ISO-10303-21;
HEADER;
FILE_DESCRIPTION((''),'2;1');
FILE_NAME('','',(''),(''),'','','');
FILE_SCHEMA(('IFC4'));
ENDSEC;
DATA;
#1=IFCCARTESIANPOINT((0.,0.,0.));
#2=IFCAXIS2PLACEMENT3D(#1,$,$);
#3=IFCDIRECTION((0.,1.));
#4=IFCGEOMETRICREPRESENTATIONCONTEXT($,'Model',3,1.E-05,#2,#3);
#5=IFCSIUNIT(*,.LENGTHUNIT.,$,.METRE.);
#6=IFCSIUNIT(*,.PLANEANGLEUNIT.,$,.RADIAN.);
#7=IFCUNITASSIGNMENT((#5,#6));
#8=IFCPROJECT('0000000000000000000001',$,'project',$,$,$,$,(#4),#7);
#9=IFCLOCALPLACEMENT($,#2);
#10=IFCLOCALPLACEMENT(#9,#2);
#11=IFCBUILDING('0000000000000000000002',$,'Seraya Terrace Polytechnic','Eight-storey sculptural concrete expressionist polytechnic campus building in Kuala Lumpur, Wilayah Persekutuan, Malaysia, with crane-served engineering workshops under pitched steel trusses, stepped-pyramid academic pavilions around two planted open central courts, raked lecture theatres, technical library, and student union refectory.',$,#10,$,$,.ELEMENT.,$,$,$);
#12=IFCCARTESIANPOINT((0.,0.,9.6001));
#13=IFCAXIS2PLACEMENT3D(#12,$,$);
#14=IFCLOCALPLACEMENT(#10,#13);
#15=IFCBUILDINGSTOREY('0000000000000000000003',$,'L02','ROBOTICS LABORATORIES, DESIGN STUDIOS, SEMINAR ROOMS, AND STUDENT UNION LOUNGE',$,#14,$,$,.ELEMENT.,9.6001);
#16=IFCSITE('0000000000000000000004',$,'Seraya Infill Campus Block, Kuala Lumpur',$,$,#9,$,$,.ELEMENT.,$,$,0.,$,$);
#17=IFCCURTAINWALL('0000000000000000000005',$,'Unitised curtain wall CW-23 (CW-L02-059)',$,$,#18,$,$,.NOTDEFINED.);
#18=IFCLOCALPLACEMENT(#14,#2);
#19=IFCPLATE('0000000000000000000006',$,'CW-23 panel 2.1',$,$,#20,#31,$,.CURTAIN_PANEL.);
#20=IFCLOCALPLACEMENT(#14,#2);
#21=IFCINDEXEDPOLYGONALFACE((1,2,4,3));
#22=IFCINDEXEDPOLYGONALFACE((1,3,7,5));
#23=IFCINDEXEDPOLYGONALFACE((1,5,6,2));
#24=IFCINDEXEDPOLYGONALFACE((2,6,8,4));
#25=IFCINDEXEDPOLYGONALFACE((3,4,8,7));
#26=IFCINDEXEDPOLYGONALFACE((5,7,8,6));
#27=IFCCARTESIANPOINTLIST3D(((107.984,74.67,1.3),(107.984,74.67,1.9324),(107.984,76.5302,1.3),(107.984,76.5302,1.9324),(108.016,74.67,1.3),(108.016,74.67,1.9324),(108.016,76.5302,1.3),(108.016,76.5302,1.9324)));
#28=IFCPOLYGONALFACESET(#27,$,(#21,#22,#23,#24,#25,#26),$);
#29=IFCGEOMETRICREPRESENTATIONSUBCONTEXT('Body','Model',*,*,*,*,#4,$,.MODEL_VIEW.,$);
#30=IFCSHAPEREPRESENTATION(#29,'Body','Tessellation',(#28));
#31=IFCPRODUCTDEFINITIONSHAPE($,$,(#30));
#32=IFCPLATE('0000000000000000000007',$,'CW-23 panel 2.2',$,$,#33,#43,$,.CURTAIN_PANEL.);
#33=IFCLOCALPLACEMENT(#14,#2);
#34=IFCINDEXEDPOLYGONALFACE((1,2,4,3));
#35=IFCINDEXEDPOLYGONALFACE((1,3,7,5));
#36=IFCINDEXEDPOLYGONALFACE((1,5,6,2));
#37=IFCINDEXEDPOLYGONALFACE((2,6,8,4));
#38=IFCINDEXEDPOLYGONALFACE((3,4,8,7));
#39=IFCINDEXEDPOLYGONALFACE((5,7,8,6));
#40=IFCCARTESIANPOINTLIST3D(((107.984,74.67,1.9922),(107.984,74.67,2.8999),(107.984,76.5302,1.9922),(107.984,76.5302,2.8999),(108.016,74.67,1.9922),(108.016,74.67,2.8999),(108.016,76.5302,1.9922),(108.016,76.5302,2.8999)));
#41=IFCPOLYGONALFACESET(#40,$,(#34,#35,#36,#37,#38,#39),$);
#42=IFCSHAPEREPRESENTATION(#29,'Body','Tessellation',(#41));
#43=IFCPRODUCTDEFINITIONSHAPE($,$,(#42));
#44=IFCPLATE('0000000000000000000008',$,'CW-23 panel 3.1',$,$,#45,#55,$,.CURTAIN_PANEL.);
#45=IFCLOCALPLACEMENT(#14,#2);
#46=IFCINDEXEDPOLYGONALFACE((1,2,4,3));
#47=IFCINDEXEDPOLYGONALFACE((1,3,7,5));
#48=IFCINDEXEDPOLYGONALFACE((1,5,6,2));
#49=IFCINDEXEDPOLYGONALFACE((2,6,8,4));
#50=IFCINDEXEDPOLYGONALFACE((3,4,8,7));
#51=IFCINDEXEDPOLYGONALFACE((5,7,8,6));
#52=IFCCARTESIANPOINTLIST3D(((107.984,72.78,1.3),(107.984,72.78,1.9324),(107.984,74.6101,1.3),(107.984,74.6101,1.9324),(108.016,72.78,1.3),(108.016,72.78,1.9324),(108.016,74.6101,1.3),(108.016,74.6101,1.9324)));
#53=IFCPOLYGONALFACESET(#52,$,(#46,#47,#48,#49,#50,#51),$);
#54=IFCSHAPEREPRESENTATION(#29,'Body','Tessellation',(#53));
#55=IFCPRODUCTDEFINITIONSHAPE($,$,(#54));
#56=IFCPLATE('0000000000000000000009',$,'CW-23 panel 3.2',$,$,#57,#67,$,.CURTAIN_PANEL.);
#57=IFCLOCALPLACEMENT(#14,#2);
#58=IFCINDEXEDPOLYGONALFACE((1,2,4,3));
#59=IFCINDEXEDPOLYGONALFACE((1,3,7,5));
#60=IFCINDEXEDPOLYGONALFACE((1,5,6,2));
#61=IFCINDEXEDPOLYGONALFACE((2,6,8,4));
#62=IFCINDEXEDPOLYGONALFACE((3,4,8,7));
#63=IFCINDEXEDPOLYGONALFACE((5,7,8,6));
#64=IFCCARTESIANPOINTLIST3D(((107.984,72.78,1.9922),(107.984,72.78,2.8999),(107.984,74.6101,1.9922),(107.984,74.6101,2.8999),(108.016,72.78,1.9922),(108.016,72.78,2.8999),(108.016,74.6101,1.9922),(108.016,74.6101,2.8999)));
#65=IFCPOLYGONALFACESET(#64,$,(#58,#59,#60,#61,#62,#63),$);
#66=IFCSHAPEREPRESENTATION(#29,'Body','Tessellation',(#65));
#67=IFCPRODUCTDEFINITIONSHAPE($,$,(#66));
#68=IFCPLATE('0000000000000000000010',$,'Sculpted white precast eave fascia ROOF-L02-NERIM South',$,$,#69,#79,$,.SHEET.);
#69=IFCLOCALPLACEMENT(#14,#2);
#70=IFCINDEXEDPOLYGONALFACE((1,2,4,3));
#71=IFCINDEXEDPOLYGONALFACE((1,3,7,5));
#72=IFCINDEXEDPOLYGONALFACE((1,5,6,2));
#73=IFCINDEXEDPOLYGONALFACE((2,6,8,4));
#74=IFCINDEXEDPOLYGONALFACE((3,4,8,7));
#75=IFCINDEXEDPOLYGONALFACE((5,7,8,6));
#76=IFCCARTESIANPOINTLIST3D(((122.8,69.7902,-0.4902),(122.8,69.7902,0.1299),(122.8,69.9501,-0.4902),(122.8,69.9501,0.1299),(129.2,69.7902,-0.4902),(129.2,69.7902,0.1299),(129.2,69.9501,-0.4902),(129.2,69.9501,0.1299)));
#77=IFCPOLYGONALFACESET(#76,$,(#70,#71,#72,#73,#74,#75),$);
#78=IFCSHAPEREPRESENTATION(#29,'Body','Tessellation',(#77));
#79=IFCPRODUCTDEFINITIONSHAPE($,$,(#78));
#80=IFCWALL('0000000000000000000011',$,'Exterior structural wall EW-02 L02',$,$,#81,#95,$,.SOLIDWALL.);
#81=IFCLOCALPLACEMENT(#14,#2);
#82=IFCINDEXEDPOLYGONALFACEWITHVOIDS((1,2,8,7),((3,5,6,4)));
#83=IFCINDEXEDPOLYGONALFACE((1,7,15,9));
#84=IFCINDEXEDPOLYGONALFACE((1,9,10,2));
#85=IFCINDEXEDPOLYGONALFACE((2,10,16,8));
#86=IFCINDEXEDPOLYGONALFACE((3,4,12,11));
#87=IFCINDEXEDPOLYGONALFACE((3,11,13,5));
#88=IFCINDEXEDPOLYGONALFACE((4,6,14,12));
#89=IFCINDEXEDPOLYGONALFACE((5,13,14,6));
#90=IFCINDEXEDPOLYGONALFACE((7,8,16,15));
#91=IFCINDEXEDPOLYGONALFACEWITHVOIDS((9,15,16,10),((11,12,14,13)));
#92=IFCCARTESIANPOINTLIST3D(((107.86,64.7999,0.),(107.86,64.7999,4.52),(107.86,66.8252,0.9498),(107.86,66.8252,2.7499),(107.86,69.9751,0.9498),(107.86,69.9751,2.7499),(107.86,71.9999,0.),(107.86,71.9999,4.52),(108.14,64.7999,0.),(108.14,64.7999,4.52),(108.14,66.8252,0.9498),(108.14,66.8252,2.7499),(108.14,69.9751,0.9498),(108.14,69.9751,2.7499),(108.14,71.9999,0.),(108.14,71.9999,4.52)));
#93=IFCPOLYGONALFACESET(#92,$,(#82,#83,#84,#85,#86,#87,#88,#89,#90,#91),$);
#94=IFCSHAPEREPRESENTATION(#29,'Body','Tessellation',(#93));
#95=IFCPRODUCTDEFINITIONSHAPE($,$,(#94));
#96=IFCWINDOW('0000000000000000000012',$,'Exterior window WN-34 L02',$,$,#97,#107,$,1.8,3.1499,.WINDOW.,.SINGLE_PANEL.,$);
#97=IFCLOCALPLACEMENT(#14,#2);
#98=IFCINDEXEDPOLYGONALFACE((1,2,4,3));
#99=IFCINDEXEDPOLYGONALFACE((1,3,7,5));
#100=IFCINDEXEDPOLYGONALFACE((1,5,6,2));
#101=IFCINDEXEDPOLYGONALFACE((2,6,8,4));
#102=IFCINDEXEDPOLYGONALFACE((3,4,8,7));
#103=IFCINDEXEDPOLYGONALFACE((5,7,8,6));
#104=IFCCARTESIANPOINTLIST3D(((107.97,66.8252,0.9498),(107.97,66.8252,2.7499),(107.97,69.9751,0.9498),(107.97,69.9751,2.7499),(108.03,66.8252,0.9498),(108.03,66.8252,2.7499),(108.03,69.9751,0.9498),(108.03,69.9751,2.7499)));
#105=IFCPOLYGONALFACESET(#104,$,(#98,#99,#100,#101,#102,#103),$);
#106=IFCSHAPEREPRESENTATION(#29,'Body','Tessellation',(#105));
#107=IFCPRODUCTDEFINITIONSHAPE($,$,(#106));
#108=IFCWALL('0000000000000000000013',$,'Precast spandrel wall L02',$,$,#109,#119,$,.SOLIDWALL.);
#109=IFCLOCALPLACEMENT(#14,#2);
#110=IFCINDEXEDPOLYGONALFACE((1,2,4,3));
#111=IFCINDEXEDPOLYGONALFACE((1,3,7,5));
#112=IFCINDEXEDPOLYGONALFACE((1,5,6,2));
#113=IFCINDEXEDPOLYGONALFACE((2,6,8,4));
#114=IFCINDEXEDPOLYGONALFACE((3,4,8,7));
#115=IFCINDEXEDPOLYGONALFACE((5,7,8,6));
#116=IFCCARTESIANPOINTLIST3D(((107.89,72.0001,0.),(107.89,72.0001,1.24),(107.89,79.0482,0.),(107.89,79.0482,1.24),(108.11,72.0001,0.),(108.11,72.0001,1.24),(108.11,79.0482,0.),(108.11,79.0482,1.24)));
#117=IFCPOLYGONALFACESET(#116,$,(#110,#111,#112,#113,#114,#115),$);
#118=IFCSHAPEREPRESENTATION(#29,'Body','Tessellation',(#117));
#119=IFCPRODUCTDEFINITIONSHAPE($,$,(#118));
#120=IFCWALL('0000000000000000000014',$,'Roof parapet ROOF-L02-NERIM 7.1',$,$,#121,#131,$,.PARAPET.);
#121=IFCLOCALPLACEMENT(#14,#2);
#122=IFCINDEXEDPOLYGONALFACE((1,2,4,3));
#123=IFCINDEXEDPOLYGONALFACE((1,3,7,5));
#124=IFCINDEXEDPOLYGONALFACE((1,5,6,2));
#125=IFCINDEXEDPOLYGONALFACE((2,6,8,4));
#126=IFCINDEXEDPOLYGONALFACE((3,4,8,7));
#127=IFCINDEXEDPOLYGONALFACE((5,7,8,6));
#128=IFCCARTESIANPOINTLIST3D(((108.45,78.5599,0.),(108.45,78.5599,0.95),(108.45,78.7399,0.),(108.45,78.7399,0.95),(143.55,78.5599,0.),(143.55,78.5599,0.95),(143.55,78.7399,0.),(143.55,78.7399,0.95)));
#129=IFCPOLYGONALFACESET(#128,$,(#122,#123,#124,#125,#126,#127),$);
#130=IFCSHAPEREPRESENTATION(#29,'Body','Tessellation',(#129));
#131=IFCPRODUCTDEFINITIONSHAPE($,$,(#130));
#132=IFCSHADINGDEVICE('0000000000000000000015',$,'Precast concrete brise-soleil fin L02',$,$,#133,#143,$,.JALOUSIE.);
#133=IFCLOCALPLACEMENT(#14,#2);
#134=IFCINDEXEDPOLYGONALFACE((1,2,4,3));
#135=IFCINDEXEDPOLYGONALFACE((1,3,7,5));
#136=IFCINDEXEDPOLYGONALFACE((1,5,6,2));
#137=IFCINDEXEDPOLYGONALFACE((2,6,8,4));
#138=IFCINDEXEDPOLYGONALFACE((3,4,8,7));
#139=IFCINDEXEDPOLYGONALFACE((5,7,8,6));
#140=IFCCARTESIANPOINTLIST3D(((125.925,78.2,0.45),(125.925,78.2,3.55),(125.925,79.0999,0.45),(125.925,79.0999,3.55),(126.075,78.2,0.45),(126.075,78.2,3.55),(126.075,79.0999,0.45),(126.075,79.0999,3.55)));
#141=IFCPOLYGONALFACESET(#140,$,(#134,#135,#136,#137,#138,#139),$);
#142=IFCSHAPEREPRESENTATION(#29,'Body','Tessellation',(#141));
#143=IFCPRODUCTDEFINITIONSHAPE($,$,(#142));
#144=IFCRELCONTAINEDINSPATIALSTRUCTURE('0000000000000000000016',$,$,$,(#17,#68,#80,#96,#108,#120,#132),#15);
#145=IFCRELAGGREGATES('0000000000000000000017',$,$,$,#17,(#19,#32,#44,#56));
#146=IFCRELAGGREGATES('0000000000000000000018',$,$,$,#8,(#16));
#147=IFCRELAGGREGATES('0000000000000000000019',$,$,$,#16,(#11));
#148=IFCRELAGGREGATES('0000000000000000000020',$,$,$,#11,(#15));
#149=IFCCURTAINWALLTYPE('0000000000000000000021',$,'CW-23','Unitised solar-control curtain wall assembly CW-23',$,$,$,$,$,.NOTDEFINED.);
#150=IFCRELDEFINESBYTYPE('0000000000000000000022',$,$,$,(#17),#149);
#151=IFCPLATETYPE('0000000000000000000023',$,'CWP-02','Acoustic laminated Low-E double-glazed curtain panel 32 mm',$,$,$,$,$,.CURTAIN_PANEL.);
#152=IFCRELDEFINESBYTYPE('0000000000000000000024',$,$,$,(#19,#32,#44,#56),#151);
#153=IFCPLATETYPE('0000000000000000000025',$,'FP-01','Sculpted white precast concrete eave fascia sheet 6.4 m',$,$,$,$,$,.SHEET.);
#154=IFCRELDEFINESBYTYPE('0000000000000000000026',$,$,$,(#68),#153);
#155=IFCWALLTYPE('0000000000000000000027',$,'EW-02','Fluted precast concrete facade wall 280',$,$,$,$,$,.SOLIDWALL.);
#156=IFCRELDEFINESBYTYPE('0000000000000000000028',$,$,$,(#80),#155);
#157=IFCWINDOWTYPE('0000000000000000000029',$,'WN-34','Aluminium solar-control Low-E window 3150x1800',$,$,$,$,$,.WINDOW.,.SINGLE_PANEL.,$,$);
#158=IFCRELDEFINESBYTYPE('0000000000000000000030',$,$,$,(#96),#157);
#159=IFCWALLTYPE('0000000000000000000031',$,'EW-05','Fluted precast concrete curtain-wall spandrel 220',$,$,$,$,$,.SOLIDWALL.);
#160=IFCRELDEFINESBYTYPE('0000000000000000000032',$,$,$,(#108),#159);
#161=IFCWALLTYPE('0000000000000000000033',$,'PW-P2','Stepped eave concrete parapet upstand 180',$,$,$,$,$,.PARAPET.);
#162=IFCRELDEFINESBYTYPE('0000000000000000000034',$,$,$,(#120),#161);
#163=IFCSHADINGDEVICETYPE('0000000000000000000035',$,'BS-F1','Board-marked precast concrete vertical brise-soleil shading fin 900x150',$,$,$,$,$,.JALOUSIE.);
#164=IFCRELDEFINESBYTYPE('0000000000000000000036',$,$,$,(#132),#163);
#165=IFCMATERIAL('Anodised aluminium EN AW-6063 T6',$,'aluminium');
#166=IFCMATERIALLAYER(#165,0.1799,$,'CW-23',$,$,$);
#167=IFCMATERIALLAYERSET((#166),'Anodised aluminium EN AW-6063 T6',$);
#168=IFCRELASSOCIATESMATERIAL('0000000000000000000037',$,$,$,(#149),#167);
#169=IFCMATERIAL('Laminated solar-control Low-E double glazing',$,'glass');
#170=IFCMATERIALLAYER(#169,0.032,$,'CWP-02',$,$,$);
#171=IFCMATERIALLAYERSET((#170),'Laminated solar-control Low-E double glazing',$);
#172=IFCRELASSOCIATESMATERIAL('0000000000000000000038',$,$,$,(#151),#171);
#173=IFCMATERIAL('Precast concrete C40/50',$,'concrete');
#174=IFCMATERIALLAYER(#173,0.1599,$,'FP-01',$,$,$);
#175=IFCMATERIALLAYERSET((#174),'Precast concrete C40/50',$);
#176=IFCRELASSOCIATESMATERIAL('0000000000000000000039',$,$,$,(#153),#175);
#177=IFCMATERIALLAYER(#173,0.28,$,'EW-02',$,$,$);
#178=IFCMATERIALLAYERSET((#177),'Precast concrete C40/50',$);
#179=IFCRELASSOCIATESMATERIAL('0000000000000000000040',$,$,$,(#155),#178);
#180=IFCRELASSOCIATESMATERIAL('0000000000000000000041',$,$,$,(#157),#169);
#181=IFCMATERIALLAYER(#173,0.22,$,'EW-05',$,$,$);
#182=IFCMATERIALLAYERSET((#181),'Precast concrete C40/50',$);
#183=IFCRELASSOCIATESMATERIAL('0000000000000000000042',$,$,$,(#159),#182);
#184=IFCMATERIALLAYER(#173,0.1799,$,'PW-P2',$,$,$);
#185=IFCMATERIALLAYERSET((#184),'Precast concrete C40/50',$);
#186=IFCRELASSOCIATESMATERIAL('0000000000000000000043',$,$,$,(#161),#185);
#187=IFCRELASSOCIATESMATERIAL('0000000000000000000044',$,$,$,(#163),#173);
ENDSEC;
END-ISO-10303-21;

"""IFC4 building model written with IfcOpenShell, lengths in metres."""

from ifc_helpers import new_model, si_unit, direction, frame, frame_2d, origin, origin_2d, place, context, subcontext, project, spatial, rectangle, extrude, material, layer, layer_set, type_object, element, fill, aggregate, save


model = new_model("IFC4")

# Units and contexts
model_context = context("Model", 3, precision=1e-05, world=origin(), true_north=direction((0.0, 1.0)))
body_context = subcontext(model_context, "Body", "Model", "MODEL_VIEW")
ifc_project = project(units=[si_unit("LENGTHUNIT", "METRE"), si_unit("PLANEANGLEUNIT", "RADIAN")], contexts=[model_context])

# Site, building, storey
site_placement = place(None, origin())
site = spatial("IfcSite", under=ifc_project, at=site_placement, Name="Seraya Infill Campus Block, Kuala Lumpur", CompositionType="ELEMENT", RefElevation=0.0)
building_placement = place(site_placement, origin())
building = spatial("IfcBuilding", under=site, at=building_placement, Name="Seraya Terrace Polytechnic", Description="Eight-storey sculptural concrete expressionist polytechnic campus building in Kuala Lumpur, Wilayah Persekutuan, Malaysia, with crane-served engineering workshops under pitched steel trusses, stepped-pyramid academic pavilions around two planted open central courts, raked lecture theatres, technical library, and student union refectory.", CompositionType="ELEMENT")
storey_placement = place(building_placement, frame((0.0, 0.0, 9.6001)))
storey = spatial("IfcBuildingStorey", under=building, at=storey_placement, Name="L02", Description="ROBOTICS LABORATORIES, DESIGN STUDIOS, SEMINAR ROOMS, AND STUDENT UNION LOUNGE", CompositionType="ELEMENT", Elevation=9.6001)

# Curtain wall, plates
ifc_material_1 = material(Name="Anodised aluminium EN AW-6063 T6", Category="aluminium")
ifc_layer_1 = layer(ifc_material_1, 0.1799, Name="CW-23")
ifc_layer_set_1 = layer_set([ifc_layer_1], Name="Anodised aluminium EN AW-6063 T6")
curtain_wall_type = type_object("IfcCurtainWallType", Name="CW-23", Description="Unitised solar-control curtain wall assembly CW-23", PredefinedType="NOTDEFINED", material=ifc_layer_set_1)
curtain_wall_placement = place(storey_placement, origin())
curtain_wall = element("IfcCurtainWall", 1, at=curtain_wall_placement, inside=storey, type_object=curtain_wall_type, Name="Unitised curtain wall CW-23 (CW-L02-059)", PredefinedType="NOTDEFINED")
ifc_material_2 = material(Name="Laminated solar-control Low-E double glazing", Category="glass")
ifc_layer_2 = layer(ifc_material_2, 0.032, Name="CWP-02")
ifc_layer_set_2 = layer_set([ifc_layer_2], Name="Laminated solar-control Low-E double glazing")
plate_type_1 = type_object("IfcPlateType", Name="CWP-02", Description="Acoustic laminated Low-E double-glazed curtain panel 32 mm", PredefinedType="CURTAIN_PANEL", material=ifc_layer_set_2)
plate_1_placement = place(storey_placement, frame((108.0, 75.6001, 1.3), z_axis=(0.0, 0.0, 1.0), x_axis=(0.0, -1.0, 0.0)))
plate_1 = element("IfcPlate", 2, at=plate_1_placement, type_object=plate_type_1, Name="CW-23 panel 2.1", PredefinedType="CURTAIN_PANEL", context=body_context, shape_type="SweptSolid", body=[
    extrude(rectangle(XDim=1.8601, YDim=0.032, at=origin_2d()), origin(), (0.0, 0.0, 1.0), 0.6323),
])
plate_2_placement = place(storey_placement, frame((108.0, 75.6001, 1.9922), z_axis=(0.0, 0.0, 1.0), x_axis=(0.0, -1.0, 0.0)))
plate_2 = element("IfcPlate", 3, at=plate_2_placement, type_object=plate_type_1, Name="CW-23 panel 2.2", PredefinedType="CURTAIN_PANEL", context=body_context, shape_type="SweptSolid", body=[
    extrude(rectangle(XDim=1.8601, YDim=0.032, at=origin_2d()), origin(), (0.0, 0.0, 1.0), 0.9077),
])
plate_3_placement = place(storey_placement, frame((108.0, 73.6951, 1.3), z_axis=(0.0, 0.0, 1.0), x_axis=(0.0, -1.0, 0.0)))
plate_3 = element("IfcPlate", 4, at=plate_3_placement, type_object=plate_type_1, Name="CW-23 panel 3.1", PredefinedType="CURTAIN_PANEL", context=body_context, shape_type="SweptSolid", body=[
    extrude(rectangle(XDim=1.8301, YDim=0.032, at=origin_2d()), origin(), (0.0, 0.0, 1.0), 0.6323),
])
plate_4_placement = place(storey_placement, frame((108.0, 73.6951, 1.9922), z_axis=(0.0, 0.0, 1.0), x_axis=(0.0, -1.0, 0.0)))
plate_4 = element("IfcPlate", 5, at=plate_4_placement, type_object=plate_type_1, Name="CW-23 panel 3.2", PredefinedType="CURTAIN_PANEL", context=body_context, shape_type="SweptSolid", body=[
    extrude(rectangle(XDim=1.8301, YDim=0.032, at=origin_2d()), origin(), (0.0, 0.0, 1.0), 0.9077),
])
aggregate(curtain_wall, [plate_1, plate_2, plate_3, plate_4])

# Plate
ifc_material_3 = material(Name="Precast concrete C40/50", Category="concrete")
ifc_layer_3 = layer(ifc_material_3, 0.1599, Name="FP-01")
ifc_layer_set_3 = layer_set([ifc_layer_3], Name="Precast concrete C40/50")
plate_type_2 = type_object("IfcPlateType", Name="FP-01", Description="Sculpted white precast concrete eave fascia sheet 6.4 m", PredefinedType="SHEET", material=ifc_layer_set_3)
plate_5_placement = place(storey_placement, frame((126.0, 69.8701, -0.4902), z_axis=(0.0, 0.0, 1.0), x_axis=(1.0, 0.0, 0.0)))
element("IfcPlate", 6, at=plate_5_placement, inside=storey, type_object=plate_type_2, Name="Sculpted white precast eave fascia ROOF-L02-NERIM South", PredefinedType="SHEET", context=body_context, shape_type="SweptSolid", body=[
    extrude(rectangle(XDim=6.3999, YDim=0.1599, at=origin_2d()), origin(), (0.0, 0.0, 1.0), 0.6201),
])

# Wall, opening, window
ifc_layer_4 = layer(ifc_material_3, 0.28, Name="EW-02")
ifc_layer_set_4 = layer_set([ifc_layer_4], Name="Precast concrete C40/50")
wall_type_1 = type_object("IfcWallType", Name="EW-02", Description="Fluted precast concrete facade wall 280", PredefinedType="SOLIDWALL", material=ifc_layer_set_4)
wall_1_placement = place(storey_placement, frame((108.0, 72.0, 0.0), z_axis=(0.0, 0.0, 1.0), x_axis=(0.0, -1.0, 0.0)))
wall_1 = element("IfcWall", 7, at=wall_1_placement, inside=storey, type_object=wall_type_1, Name="Exterior structural wall EW-02 L02", PredefinedType="SOLIDWALL", context=body_context, shape_type="SweptSolid", body=[
    extrude(rectangle(XDim=7.2, YDim=0.28, at=frame_2d((3.6001, 0.0))), origin(), (0.0, 0.0, 1.0), 4.52),
])
opening_placement = place(wall_1_placement, frame((2.0249, 0.0, 0.95)))
opening = element("IfcOpeningElement", 8, at=opening_placement, cuts=wall_1, PredefinedType="OPENING", context=body_context, shape_type="SweptSolid", body=[
    extrude(rectangle(XDim=3.1499, YDim=1.8, at=frame_2d((1.575, 0.8999))), frame((0.0, 0.1519, 0.0), z_axis=(0.0, -1.0, 0.0), x_axis=(1.0, 0.0, 0.0)), (0.0, 0.0, 1.0), 0.304),
])
window_type = type_object("IfcWindowType", Name="WN-34", Description="Aluminium solar-control Low-E window 3150x1800", PartitioningType="SINGLE_PANEL", PredefinedType="WINDOW", material=ifc_material_2)
window_placement = place(opening_placement, origin())
window = element("IfcWindow", 9, at=window_placement, inside=storey, type_object=window_type, Name="Exterior window WN-34 L02", OverallHeight=1.8, OverallWidth=3.1499, PartitioningType="SINGLE_PANEL", PredefinedType="WINDOW", context=body_context, shape_type="SweptSolid", body=[
    extrude(rectangle(XDim=3.1499, YDim=1.8, at=frame_2d((1.575, 0.8999))), frame((0.0, 0.03, 0.0), z_axis=(0.0, -1.0, 0.0), x_axis=(1.0, 0.0, 0.0)), (0.0, 0.0, 1.0), 0.0601),
])
fill(opening, window)

# Walls
ifc_layer_5 = layer(ifc_material_3, 0.22, Name="EW-05")
ifc_layer_set_5 = layer_set([ifc_layer_5], Name="Precast concrete C40/50")
wall_type_2 = type_object("IfcWallType", Name="EW-05", Description="Fluted precast concrete curtain-wall spandrel 220", PredefinedType="SOLIDWALL", material=ifc_layer_set_5)
wall_2_placement = place(storey_placement, frame((108.0, 79.0481, 0.0), z_axis=(0.0, 0.0, 1.0), x_axis=(0.0, -1.0, 0.0)))
element("IfcWall", 10, at=wall_2_placement, inside=storey, type_object=wall_type_2, Name="Precast spandrel wall L02", PredefinedType="SOLIDWALL", context=body_context, shape_type="SweptSolid", body=[
    extrude(rectangle(XDim=7.0481, YDim=0.22, at=frame_2d((3.5239, 0.0))), origin(), (0.0, 0.0, 1.0), 1.24),
])
ifc_layer_6 = layer(ifc_material_3, 0.1799, Name="PW-P2")
ifc_layer_set_6 = layer_set([ifc_layer_6], Name="Precast concrete C40/50")
wall_type_3 = type_object("IfcWallType", Name="PW-P2", Description="Stepped eave concrete parapet upstand 180", PredefinedType="PARAPET", material=ifc_layer_set_6)
wall_3_placement = place(storey_placement, frame((108.45, 78.6499, 0.0), z_axis=(0.0, 0.0, 1.0), x_axis=(1.0, 0.0, 0.0)))
element("IfcWall", 11, at=wall_3_placement, inside=storey, type_object=wall_type_3, Name="Roof parapet ROOF-L02-NERIM 7.1", PredefinedType="PARAPET", context=body_context, shape_type="SweptSolid", body=[
    extrude(rectangle(XDim=35.1001, YDim=0.1799, at=frame_2d((17.55, 0.0))), origin(), (0.0, 0.0, 1.0), 0.95),
])

# Shading device
shading_device_type = type_object("IfcShadingDeviceType", Name="BS-F1", Description="Board-marked precast concrete vertical brise-soleil shading fin 900x150", PredefinedType="JALOUSIE", material=ifc_material_3)
shading_device_placement = place(storey_placement, frame((126.0, 78.6499, 0.45), z_axis=(0.0, 0.0, 1.0), x_axis=(0.0, -1.0, 0.0)))
element("IfcShadingDevice", 12, at=shading_device_placement, inside=storey, type_object=shading_device_type, Name="Precast concrete brise-soleil fin L02", PredefinedType="JALOUSIE", context=body_context, shape_type="SweptSolid", body=[
    extrude(rectangle(XDim=0.8999, YDim=0.1499, at=origin_2d()), origin(), (0.0, 0.0, 1.0), 3.1001),
])

save(model, "model.ifc")
